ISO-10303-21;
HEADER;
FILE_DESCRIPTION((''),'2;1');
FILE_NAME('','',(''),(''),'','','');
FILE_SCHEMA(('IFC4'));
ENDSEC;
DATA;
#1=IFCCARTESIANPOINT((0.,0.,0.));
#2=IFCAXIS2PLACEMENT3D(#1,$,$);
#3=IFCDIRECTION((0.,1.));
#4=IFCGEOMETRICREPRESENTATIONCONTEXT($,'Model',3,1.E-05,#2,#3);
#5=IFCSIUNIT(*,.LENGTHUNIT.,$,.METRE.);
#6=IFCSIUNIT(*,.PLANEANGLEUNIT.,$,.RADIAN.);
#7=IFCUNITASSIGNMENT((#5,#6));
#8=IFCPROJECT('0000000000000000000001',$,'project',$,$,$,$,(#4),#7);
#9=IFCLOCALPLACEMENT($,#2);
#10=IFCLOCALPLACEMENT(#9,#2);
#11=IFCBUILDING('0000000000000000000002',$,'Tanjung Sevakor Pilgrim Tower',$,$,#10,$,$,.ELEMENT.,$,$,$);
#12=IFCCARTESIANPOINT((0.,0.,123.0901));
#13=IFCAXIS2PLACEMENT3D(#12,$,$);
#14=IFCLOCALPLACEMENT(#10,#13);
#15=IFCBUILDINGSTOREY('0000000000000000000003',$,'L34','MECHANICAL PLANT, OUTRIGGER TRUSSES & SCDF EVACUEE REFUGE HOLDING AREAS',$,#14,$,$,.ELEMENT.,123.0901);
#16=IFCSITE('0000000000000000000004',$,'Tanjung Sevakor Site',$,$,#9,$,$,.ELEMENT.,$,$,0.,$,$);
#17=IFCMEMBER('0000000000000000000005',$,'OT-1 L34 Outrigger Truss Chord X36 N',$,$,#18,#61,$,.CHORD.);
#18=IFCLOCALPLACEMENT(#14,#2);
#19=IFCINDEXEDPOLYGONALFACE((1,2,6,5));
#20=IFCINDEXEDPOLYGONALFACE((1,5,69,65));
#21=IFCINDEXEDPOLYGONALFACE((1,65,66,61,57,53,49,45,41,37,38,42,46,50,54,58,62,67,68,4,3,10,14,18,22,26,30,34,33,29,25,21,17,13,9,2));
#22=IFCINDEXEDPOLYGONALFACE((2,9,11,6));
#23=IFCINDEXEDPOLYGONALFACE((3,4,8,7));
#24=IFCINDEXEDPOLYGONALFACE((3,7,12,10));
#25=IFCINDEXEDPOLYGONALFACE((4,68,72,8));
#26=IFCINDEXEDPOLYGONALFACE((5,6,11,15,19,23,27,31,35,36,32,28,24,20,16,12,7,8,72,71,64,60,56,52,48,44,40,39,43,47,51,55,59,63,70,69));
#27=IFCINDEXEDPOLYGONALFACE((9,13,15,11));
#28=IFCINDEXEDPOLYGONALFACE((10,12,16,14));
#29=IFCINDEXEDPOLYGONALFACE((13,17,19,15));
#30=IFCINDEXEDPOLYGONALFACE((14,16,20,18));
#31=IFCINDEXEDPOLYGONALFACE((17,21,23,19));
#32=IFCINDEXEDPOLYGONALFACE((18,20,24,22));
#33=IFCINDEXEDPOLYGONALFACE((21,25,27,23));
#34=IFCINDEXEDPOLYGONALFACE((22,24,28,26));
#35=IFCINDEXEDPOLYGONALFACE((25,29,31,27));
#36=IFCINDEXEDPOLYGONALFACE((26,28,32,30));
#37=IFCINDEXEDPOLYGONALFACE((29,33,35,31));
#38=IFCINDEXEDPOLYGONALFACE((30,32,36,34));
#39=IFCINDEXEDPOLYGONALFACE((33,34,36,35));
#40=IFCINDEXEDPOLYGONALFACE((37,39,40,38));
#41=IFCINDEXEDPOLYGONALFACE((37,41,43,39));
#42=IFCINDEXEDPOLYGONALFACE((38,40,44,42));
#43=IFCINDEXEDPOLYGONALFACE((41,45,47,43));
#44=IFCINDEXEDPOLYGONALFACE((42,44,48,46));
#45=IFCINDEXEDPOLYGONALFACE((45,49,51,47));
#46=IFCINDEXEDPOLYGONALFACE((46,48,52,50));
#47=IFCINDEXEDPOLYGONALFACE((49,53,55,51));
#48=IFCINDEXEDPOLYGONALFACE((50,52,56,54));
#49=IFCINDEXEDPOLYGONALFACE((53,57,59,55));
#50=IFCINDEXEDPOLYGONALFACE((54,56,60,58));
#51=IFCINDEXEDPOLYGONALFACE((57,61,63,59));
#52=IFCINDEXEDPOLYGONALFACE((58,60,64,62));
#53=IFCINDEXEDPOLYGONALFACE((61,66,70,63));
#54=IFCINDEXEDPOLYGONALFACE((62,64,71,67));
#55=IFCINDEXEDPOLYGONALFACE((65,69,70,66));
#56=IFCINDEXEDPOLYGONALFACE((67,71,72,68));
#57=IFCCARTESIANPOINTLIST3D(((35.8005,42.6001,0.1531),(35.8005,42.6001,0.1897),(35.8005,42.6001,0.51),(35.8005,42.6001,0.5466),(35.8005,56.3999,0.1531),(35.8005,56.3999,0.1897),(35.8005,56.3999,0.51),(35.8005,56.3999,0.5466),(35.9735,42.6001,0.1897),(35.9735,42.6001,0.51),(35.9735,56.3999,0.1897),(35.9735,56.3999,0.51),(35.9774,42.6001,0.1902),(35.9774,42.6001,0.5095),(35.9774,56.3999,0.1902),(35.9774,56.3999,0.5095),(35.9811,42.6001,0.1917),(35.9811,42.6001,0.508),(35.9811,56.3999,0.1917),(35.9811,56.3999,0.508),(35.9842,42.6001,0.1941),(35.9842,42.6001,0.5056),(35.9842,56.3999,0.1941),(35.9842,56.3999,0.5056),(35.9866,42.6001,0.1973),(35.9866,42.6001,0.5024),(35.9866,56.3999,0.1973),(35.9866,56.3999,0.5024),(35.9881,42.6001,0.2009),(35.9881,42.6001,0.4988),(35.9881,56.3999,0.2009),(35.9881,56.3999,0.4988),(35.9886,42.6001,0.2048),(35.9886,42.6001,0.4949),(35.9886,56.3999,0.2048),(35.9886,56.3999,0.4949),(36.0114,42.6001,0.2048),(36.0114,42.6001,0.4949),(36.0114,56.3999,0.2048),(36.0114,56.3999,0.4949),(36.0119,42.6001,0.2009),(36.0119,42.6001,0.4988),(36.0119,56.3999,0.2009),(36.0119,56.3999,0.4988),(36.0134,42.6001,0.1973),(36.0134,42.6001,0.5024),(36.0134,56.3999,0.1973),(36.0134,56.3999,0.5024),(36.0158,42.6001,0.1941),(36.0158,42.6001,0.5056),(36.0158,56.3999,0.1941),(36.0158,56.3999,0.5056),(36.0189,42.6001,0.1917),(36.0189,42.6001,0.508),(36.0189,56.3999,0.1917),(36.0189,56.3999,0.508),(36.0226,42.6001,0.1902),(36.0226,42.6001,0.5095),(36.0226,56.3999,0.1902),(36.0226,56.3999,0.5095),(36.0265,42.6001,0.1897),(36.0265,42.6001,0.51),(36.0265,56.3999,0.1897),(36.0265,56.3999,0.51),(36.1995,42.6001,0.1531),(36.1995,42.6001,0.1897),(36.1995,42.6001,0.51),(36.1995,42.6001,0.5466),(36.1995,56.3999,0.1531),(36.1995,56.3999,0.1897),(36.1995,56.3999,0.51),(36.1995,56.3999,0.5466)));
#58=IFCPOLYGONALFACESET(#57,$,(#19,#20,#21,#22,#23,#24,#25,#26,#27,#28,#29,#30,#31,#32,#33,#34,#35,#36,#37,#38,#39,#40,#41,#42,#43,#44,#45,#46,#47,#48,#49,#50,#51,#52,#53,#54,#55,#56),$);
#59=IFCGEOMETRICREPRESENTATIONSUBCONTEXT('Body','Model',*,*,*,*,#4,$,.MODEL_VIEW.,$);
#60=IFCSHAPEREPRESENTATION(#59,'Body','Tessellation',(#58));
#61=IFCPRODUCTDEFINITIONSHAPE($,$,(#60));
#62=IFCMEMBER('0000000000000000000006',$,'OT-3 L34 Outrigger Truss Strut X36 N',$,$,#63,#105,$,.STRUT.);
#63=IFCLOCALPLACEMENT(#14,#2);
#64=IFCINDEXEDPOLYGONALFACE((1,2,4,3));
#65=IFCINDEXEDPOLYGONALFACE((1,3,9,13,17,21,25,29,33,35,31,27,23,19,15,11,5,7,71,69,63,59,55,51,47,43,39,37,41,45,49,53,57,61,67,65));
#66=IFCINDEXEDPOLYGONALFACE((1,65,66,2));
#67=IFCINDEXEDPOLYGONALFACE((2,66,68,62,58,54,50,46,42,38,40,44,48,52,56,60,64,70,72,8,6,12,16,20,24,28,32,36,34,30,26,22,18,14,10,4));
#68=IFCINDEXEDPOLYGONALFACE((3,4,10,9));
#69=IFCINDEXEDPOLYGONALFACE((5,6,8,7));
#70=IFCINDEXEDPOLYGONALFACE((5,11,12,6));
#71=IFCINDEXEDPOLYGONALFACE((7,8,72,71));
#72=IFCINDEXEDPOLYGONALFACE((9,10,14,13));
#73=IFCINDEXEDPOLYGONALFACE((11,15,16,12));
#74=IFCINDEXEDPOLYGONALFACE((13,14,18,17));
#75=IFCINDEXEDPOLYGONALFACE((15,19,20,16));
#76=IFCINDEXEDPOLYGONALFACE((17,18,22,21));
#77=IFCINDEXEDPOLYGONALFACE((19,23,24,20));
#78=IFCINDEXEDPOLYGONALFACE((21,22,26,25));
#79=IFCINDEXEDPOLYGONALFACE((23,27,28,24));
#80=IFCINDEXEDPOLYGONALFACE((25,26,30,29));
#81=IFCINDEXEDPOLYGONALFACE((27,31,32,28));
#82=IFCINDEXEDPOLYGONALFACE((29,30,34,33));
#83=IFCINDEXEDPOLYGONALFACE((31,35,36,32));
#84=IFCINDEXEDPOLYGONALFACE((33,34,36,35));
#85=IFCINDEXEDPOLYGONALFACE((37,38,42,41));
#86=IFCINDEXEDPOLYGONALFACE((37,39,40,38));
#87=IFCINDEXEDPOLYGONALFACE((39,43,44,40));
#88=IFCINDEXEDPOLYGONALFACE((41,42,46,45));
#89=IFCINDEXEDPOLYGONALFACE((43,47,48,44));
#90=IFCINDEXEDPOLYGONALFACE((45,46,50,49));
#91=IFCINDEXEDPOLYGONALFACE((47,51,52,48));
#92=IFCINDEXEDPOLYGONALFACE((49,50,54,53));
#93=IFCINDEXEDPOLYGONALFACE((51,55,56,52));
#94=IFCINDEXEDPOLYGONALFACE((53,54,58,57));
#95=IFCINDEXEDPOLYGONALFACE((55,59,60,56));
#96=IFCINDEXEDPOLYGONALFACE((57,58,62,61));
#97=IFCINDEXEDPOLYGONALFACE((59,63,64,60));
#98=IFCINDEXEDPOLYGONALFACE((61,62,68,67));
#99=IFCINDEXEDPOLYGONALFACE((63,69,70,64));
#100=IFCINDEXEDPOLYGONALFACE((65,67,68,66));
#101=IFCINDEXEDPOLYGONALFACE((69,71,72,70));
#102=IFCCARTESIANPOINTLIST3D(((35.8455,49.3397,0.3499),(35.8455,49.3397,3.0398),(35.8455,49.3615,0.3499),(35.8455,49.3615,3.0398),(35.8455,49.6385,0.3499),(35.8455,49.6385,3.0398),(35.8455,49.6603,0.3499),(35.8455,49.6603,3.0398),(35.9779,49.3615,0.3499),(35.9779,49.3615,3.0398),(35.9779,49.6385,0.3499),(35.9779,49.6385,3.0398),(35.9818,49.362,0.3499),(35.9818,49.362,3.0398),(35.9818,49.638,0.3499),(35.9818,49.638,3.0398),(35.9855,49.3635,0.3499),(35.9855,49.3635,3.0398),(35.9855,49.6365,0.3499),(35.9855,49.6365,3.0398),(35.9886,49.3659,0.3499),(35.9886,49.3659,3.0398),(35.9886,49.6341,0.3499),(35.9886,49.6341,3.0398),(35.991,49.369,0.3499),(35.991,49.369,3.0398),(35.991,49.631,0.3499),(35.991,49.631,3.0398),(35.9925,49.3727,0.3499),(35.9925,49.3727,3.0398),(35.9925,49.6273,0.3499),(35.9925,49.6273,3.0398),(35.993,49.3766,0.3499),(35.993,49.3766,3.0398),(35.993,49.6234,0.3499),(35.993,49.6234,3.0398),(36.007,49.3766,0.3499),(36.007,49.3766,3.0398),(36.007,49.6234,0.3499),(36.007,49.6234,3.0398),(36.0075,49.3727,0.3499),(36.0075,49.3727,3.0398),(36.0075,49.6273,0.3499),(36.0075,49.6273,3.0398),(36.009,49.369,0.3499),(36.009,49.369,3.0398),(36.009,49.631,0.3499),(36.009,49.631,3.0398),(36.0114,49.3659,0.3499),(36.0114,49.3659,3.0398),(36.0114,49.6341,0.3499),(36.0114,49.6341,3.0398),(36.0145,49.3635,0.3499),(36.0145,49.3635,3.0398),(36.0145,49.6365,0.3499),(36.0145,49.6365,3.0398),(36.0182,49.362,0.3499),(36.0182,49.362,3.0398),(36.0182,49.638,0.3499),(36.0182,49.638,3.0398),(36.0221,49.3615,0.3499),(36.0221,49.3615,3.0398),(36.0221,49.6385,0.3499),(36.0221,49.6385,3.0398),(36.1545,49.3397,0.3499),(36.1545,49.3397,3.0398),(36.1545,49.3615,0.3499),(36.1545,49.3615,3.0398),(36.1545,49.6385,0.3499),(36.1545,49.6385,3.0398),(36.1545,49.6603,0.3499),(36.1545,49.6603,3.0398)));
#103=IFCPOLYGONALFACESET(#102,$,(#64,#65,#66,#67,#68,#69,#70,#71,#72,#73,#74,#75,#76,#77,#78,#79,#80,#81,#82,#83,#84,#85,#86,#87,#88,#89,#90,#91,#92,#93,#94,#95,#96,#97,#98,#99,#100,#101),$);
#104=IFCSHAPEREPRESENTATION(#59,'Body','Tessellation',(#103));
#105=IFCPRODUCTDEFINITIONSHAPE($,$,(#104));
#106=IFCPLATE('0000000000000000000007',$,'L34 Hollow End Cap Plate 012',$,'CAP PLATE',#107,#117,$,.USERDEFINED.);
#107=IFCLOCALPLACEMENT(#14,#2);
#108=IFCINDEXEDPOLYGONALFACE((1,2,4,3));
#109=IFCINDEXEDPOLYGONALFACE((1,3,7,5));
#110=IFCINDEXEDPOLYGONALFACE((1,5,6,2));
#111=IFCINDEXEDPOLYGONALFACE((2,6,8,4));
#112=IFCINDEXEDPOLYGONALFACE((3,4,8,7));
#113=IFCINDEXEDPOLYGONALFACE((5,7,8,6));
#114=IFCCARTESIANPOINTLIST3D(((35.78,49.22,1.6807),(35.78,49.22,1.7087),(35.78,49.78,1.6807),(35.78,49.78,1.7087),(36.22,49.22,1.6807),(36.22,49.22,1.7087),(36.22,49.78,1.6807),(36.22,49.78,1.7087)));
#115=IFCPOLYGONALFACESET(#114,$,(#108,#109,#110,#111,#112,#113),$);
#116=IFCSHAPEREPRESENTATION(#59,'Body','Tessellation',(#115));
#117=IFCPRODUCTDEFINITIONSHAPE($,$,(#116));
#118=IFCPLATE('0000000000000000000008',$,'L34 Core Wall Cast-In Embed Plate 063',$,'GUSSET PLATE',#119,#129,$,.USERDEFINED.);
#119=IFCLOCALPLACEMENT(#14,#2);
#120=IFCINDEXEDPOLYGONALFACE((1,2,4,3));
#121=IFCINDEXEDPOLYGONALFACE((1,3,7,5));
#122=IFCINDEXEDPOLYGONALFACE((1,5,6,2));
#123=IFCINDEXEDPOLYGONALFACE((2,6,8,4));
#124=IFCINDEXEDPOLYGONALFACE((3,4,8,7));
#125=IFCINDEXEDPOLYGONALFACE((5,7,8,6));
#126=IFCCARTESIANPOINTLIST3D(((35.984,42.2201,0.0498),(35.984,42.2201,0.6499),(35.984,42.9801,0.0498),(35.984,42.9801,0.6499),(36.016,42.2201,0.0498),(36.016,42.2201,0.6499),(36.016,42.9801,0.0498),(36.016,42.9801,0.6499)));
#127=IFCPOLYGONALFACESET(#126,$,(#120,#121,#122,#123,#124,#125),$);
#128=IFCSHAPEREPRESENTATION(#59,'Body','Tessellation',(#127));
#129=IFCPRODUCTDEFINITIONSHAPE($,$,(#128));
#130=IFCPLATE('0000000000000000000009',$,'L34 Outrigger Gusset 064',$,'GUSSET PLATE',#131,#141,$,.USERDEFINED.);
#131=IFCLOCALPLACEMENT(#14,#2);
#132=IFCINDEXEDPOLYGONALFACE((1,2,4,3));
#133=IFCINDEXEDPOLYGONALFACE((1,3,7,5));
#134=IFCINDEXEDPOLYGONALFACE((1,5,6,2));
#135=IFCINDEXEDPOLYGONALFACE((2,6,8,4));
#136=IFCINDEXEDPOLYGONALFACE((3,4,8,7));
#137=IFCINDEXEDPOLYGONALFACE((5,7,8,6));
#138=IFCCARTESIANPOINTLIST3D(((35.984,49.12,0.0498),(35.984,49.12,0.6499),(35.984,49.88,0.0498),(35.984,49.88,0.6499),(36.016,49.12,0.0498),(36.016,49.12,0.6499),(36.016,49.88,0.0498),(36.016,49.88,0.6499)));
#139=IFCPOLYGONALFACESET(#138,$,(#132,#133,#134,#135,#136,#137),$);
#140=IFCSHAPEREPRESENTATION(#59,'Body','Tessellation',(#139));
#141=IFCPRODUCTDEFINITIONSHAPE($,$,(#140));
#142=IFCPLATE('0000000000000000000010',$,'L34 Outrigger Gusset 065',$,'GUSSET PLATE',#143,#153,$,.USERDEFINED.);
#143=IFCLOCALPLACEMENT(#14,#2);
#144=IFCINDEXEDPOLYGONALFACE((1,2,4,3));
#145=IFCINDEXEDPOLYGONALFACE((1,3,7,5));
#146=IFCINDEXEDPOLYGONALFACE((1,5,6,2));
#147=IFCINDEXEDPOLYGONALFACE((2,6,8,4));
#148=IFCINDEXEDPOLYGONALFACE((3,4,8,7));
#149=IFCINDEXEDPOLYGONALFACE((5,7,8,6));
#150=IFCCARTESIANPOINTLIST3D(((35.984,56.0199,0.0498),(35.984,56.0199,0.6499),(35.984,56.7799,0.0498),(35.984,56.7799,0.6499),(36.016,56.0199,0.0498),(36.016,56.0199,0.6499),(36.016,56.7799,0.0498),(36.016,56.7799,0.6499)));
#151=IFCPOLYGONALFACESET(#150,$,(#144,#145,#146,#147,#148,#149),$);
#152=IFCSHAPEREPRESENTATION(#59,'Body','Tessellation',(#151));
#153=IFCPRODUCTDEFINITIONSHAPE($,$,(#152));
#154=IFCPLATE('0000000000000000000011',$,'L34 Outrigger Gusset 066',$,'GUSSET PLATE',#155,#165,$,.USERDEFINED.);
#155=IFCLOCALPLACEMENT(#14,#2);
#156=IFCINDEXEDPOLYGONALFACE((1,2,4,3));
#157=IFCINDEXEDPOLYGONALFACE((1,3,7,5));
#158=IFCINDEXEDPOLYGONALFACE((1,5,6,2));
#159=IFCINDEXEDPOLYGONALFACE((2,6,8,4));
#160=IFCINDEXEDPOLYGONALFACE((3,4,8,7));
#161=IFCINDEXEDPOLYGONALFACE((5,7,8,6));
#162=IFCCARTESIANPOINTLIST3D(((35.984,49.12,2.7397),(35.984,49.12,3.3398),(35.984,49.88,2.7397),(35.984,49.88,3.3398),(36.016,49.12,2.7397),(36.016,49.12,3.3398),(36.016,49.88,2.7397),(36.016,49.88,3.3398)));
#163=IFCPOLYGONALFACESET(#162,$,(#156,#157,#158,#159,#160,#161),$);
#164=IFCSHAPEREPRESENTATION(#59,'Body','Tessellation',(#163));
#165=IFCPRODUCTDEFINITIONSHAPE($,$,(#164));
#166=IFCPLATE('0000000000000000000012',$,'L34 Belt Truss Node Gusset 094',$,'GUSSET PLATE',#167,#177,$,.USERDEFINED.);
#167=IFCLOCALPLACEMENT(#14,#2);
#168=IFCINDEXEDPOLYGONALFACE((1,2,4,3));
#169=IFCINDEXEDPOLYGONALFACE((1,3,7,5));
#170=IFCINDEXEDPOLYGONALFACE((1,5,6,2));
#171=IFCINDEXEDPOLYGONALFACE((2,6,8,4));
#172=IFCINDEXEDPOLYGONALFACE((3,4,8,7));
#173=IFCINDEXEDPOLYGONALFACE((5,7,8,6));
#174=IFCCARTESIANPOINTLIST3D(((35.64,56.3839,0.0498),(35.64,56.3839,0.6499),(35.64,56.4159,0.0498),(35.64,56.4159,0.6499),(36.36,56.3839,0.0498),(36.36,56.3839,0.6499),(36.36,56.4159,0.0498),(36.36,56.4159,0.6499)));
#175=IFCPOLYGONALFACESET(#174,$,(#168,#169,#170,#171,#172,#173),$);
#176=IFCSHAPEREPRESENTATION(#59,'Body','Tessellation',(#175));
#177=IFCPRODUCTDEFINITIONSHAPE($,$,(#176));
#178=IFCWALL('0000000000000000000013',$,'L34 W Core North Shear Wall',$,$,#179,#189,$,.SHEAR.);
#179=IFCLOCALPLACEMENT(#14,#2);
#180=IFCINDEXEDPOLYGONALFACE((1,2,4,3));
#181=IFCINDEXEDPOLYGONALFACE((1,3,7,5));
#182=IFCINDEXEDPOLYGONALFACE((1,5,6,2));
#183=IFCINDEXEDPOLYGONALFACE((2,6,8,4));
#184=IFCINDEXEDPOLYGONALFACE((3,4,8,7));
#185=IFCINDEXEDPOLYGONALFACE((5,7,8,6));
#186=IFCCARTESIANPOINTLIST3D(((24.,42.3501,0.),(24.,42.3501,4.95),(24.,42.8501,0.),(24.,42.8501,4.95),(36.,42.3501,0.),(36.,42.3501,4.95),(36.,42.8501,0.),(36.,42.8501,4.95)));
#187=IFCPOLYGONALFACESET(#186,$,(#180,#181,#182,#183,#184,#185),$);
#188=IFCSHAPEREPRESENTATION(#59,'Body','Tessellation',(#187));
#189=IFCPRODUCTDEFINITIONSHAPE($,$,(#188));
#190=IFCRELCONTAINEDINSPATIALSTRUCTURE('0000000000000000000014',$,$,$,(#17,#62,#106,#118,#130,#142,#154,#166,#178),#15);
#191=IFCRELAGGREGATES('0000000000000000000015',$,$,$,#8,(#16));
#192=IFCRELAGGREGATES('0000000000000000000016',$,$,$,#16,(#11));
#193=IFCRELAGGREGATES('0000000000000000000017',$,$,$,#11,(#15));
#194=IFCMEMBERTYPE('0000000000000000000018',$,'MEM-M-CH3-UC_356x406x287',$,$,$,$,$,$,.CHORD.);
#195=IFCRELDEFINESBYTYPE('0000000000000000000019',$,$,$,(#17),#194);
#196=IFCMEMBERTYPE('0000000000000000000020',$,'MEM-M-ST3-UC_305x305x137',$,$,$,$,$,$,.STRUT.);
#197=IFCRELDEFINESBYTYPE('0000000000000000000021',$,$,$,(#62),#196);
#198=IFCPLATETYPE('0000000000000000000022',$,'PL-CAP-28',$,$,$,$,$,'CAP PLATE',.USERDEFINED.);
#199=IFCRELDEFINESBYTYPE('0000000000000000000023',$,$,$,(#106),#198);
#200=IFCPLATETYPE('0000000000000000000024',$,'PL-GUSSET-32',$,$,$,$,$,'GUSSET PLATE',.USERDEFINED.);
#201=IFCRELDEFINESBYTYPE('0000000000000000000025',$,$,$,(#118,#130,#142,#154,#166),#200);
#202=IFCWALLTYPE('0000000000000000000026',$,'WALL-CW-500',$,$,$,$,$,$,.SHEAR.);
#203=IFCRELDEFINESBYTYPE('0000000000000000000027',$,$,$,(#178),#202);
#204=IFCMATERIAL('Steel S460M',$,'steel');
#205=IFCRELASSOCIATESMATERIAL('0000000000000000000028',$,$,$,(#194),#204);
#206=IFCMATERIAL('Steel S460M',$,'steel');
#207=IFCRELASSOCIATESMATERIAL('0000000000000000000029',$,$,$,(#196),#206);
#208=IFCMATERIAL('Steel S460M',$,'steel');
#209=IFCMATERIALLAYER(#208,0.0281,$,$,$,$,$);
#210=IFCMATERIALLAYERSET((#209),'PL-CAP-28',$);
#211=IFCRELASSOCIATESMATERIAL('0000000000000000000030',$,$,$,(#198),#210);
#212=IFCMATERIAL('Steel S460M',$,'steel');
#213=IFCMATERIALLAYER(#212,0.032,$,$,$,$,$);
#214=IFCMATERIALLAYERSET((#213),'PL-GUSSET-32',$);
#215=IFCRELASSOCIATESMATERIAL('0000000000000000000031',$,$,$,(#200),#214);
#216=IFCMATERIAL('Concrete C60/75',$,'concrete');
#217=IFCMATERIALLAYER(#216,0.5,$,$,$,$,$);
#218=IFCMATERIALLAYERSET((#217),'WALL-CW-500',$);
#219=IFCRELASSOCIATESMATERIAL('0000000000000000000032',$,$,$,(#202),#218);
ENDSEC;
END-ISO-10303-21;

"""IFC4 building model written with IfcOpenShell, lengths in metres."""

from ifc_helpers import new_model, si_unit, direction, frame, frame_2d, origin, origin_2d, place, context, subcontext, project, spatial, rectangle, i_section, extrude, material, layer, layer_set, material_profile, profile_set, type_object, element, save


model = new_model("IFC4")

# Units and contexts
model_context = context("Model", 3, precision=1e-05, world=origin(), true_north=direction((0.0, 1.0)))
body_context = subcontext(model_context, "Body", "Model", "MODEL_VIEW")
ifc_project = project(units=[si_unit("LENGTHUNIT", "METRE"), si_unit("PLANEANGLEUNIT", "RADIAN")], contexts=[model_context])

# Site, building, storey
site_placement = place(None, origin())
site = spatial("IfcSite", under=ifc_project, at=site_placement, Name="Tanjung Sevakor Site", CompositionType="ELEMENT", RefElevation=0.0)
building_placement = place(site_placement, origin())
building = spatial("IfcBuilding", under=site, at=building_placement, Name="Tanjung Sevakor Pilgrim Tower", CompositionType="ELEMENT")
storey_placement = place(building_placement, frame((0.0, 0.0, 123.0901)))
storey = spatial("IfcBuildingStorey", under=building, at=storey_placement, Name="L34", Description="MECHANICAL PLANT, OUTRIGGER TRUSSES & SCDF EVACUEE REFUGE HOLDING AREAS", CompositionType="ELEMENT", Elevation=123.0901)

# Members
ifc_material_1 = material(Name="Steel S460M", Category="steel")
ifc_material_profile_1 = material_profile(ifc_material_1, i_section(OverallWidth=0.3989, OverallDepth=0.3936, WebThickness=0.0227, FlangeThickness=0.0366, FilletRadius=0.0151, at=origin_2d()))
ifc_profile_set_1 = profile_set([ifc_material_profile_1], Name="Steel S460M")
member_type_1 = type_object("IfcMemberType", Name="MEM-M-CH3-UC_356x406x287", PredefinedType="CHORD", material=ifc_profile_set_1)
member_1_placement = place(storey_placement, frame((36.0, 42.6001, 0.3499), z_axis=(0.0, 1.0, 0.0), x_axis=(-1.0, 0.0, 0.0)))
element("IfcMember", 1, at=member_1_placement, inside=storey, type_object=member_type_1, Name="OT-1 L34 Outrigger Truss Chord X36 N", PredefinedType="CHORD", context=body_context, shape_type="SweptSolid", body=[
    extrude(i_section(OverallWidth=0.3989, OverallDepth=0.3936, WebThickness=0.0227, FlangeThickness=0.0366, FilletRadius=0.0151, at=origin_2d()), origin(), (0.0, 0.0, 1.0), 13.7998),
])
ifc_material_2 = material(Name="Steel S460M", Category="steel")
ifc_material_profile_2 = material_profile(ifc_material_2, i_section(OverallWidth=0.3091, OverallDepth=0.3206, WebThickness=0.0139, FlangeThickness=0.0217, FilletRadius=0.0151, at=origin_2d()))
ifc_profile_set_2 = profile_set([ifc_material_profile_2], Name="Steel S460M")
member_type_2 = type_object("IfcMemberType", Name="MEM-M-ST3-UC_305x305x137", PredefinedType="STRUT", material=ifc_profile_set_2)
member_2_placement = place(storey_placement, frame((36.0, 49.5, 0.3499), z_axis=(0.0, 0.0, 1.0), x_axis=(1.0, 0.0, 0.0)))
element("IfcMember", 2, at=member_2_placement, inside=storey, type_object=member_type_2, Name="OT-3 L34 Outrigger Truss Strut X36 N", PredefinedType="STRUT", context=body_context, shape_type="SweptSolid", body=[
    extrude(i_section(OverallWidth=0.3091, OverallDepth=0.3206, WebThickness=0.0139, FlangeThickness=0.0217, FilletRadius=0.0151, at=origin_2d()), origin(), (0.0, 0.0, 1.0), 2.6899),
])

# Plates
ifc_material_3 = material(Name="Steel S460M", Category="steel")
ifc_layer_1 = layer(ifc_material_3, 0.0281)
ifc_layer_set_1 = layer_set([ifc_layer_1], Name="PL-CAP-28")
plate_type_1 = type_object("IfcPlateType", Name="PL-CAP-28", ElementType="CAP PLATE", PredefinedType="USERDEFINED", material=ifc_layer_set_1)
plate_1_placement = place(storey_placement, frame((36.0, 49.5, 1.6807), z_axis=(0.0, 0.0, 1.0), x_axis=(1.0, 0.0, 0.0)))
element("IfcPlate", 3, at=plate_1_placement, inside=storey, type_object=plate_type_1, Name="L34 Hollow End Cap Plate 012", ObjectType="CAP PLATE", PredefinedType="USERDEFINED", context=body_context, shape_type="SweptSolid", body=[
    extrude(rectangle(XDim=0.4399, YDim=0.5601, at=origin_2d()), origin(), (0.0, 0.0, 1.0), 0.0281),
])
ifc_material_4 = material(Name="Steel S460M", Category="steel")
ifc_layer_2 = layer(ifc_material_4, 0.032)
ifc_layer_set_2 = layer_set([ifc_layer_2], Name="PL-GUSSET-32")
plate_type_2 = type_object("IfcPlateType", Name="PL-GUSSET-32", ElementType="GUSSET PLATE", PredefinedType="USERDEFINED", material=ifc_layer_set_2)
for number, where, z_axis, x_axis, name in (
    (4, (36.0, 42.6001, 0.0498), (0.0, 0.0, 1.0), (1.0, 0.0, 0.0), "L34 Core Wall Cast-In Embed Plate 063"),
    (5, (36.0, 49.5, 0.0498), (0.0, 0.0, 1.0), (1.0, 0.0, 0.0), "L34 Outrigger Gusset 064"),
    (6, (36.0, 56.3999, 0.0498), (0.0, 0.0, 1.0), (1.0, 0.0, 0.0), "L34 Outrigger Gusset 065"),
    (7, (36.0, 49.5, 2.7397), (0.0, 0.0, 1.0), (1.0, 0.0, 0.0), "L34 Outrigger Gusset 066"),
):
    element("IfcPlate", number, at=place(storey_placement, frame(where, z_axis=z_axis, x_axis=x_axis)), inside=storey, type_object=plate_type_2, Name=name, ObjectType="GUSSET PLATE", PredefinedType="USERDEFINED", context=body_context, shape_type="SweptSolid", body=[
        extrude(rectangle(XDim=0.032, YDim=0.76, at=origin_2d()), origin(), (0.0, 0.0, 1.0), 0.6001),
    ])
plate_2_placement = place(storey_placement, frame((36.0, 56.3999, 0.0498), z_axis=(0.0, 0.0, 1.0), x_axis=(1.0, 0.0, 0.0)))
element("IfcPlate", 8, at=plate_2_placement, inside=storey, type_object=plate_type_2, Name="L34 Belt Truss Node Gusset 094", ObjectType="GUSSET PLATE", PredefinedType="USERDEFINED", context=body_context, shape_type="SweptSolid", body=[
    extrude(rectangle(XDim=0.72, YDim=0.032, at=origin_2d()), origin(), (0.0, 0.0, 1.0), 0.6001),
])

# Wall
ifc_material_5 = material(Name="Concrete C60/75", Category="concrete")
ifc_layer_3 = layer(ifc_material_5, 0.5)
ifc_layer_set_3 = layer_set([ifc_layer_3], Name="WALL-CW-500")
wall_type_1 = type_object("IfcWallType", Name="WALL-CW-500", PredefinedType="SHEAR", material=ifc_layer_set_3)
wall_1_placement = place(storey_placement, frame((36.0, 42.6001, 0.0), z_axis=(0.0, 0.0, 1.0), x_axis=(-1.0, 0.0, 0.0)))
element("IfcWall", 9, at=wall_1_placement, inside=storey, type_object=wall_type_1, Name="L34 W Core North Shear Wall", PredefinedType="SHEAR", context=body_context, shape_type="SweptSolid", body=[
    extrude(rectangle(XDim=12.0, YDim=0.5, at=frame_2d((6.0, 0.0))), origin(), (0.0, 0.0, 1.0), 4.95),
])

save(model, "model.ifc")
